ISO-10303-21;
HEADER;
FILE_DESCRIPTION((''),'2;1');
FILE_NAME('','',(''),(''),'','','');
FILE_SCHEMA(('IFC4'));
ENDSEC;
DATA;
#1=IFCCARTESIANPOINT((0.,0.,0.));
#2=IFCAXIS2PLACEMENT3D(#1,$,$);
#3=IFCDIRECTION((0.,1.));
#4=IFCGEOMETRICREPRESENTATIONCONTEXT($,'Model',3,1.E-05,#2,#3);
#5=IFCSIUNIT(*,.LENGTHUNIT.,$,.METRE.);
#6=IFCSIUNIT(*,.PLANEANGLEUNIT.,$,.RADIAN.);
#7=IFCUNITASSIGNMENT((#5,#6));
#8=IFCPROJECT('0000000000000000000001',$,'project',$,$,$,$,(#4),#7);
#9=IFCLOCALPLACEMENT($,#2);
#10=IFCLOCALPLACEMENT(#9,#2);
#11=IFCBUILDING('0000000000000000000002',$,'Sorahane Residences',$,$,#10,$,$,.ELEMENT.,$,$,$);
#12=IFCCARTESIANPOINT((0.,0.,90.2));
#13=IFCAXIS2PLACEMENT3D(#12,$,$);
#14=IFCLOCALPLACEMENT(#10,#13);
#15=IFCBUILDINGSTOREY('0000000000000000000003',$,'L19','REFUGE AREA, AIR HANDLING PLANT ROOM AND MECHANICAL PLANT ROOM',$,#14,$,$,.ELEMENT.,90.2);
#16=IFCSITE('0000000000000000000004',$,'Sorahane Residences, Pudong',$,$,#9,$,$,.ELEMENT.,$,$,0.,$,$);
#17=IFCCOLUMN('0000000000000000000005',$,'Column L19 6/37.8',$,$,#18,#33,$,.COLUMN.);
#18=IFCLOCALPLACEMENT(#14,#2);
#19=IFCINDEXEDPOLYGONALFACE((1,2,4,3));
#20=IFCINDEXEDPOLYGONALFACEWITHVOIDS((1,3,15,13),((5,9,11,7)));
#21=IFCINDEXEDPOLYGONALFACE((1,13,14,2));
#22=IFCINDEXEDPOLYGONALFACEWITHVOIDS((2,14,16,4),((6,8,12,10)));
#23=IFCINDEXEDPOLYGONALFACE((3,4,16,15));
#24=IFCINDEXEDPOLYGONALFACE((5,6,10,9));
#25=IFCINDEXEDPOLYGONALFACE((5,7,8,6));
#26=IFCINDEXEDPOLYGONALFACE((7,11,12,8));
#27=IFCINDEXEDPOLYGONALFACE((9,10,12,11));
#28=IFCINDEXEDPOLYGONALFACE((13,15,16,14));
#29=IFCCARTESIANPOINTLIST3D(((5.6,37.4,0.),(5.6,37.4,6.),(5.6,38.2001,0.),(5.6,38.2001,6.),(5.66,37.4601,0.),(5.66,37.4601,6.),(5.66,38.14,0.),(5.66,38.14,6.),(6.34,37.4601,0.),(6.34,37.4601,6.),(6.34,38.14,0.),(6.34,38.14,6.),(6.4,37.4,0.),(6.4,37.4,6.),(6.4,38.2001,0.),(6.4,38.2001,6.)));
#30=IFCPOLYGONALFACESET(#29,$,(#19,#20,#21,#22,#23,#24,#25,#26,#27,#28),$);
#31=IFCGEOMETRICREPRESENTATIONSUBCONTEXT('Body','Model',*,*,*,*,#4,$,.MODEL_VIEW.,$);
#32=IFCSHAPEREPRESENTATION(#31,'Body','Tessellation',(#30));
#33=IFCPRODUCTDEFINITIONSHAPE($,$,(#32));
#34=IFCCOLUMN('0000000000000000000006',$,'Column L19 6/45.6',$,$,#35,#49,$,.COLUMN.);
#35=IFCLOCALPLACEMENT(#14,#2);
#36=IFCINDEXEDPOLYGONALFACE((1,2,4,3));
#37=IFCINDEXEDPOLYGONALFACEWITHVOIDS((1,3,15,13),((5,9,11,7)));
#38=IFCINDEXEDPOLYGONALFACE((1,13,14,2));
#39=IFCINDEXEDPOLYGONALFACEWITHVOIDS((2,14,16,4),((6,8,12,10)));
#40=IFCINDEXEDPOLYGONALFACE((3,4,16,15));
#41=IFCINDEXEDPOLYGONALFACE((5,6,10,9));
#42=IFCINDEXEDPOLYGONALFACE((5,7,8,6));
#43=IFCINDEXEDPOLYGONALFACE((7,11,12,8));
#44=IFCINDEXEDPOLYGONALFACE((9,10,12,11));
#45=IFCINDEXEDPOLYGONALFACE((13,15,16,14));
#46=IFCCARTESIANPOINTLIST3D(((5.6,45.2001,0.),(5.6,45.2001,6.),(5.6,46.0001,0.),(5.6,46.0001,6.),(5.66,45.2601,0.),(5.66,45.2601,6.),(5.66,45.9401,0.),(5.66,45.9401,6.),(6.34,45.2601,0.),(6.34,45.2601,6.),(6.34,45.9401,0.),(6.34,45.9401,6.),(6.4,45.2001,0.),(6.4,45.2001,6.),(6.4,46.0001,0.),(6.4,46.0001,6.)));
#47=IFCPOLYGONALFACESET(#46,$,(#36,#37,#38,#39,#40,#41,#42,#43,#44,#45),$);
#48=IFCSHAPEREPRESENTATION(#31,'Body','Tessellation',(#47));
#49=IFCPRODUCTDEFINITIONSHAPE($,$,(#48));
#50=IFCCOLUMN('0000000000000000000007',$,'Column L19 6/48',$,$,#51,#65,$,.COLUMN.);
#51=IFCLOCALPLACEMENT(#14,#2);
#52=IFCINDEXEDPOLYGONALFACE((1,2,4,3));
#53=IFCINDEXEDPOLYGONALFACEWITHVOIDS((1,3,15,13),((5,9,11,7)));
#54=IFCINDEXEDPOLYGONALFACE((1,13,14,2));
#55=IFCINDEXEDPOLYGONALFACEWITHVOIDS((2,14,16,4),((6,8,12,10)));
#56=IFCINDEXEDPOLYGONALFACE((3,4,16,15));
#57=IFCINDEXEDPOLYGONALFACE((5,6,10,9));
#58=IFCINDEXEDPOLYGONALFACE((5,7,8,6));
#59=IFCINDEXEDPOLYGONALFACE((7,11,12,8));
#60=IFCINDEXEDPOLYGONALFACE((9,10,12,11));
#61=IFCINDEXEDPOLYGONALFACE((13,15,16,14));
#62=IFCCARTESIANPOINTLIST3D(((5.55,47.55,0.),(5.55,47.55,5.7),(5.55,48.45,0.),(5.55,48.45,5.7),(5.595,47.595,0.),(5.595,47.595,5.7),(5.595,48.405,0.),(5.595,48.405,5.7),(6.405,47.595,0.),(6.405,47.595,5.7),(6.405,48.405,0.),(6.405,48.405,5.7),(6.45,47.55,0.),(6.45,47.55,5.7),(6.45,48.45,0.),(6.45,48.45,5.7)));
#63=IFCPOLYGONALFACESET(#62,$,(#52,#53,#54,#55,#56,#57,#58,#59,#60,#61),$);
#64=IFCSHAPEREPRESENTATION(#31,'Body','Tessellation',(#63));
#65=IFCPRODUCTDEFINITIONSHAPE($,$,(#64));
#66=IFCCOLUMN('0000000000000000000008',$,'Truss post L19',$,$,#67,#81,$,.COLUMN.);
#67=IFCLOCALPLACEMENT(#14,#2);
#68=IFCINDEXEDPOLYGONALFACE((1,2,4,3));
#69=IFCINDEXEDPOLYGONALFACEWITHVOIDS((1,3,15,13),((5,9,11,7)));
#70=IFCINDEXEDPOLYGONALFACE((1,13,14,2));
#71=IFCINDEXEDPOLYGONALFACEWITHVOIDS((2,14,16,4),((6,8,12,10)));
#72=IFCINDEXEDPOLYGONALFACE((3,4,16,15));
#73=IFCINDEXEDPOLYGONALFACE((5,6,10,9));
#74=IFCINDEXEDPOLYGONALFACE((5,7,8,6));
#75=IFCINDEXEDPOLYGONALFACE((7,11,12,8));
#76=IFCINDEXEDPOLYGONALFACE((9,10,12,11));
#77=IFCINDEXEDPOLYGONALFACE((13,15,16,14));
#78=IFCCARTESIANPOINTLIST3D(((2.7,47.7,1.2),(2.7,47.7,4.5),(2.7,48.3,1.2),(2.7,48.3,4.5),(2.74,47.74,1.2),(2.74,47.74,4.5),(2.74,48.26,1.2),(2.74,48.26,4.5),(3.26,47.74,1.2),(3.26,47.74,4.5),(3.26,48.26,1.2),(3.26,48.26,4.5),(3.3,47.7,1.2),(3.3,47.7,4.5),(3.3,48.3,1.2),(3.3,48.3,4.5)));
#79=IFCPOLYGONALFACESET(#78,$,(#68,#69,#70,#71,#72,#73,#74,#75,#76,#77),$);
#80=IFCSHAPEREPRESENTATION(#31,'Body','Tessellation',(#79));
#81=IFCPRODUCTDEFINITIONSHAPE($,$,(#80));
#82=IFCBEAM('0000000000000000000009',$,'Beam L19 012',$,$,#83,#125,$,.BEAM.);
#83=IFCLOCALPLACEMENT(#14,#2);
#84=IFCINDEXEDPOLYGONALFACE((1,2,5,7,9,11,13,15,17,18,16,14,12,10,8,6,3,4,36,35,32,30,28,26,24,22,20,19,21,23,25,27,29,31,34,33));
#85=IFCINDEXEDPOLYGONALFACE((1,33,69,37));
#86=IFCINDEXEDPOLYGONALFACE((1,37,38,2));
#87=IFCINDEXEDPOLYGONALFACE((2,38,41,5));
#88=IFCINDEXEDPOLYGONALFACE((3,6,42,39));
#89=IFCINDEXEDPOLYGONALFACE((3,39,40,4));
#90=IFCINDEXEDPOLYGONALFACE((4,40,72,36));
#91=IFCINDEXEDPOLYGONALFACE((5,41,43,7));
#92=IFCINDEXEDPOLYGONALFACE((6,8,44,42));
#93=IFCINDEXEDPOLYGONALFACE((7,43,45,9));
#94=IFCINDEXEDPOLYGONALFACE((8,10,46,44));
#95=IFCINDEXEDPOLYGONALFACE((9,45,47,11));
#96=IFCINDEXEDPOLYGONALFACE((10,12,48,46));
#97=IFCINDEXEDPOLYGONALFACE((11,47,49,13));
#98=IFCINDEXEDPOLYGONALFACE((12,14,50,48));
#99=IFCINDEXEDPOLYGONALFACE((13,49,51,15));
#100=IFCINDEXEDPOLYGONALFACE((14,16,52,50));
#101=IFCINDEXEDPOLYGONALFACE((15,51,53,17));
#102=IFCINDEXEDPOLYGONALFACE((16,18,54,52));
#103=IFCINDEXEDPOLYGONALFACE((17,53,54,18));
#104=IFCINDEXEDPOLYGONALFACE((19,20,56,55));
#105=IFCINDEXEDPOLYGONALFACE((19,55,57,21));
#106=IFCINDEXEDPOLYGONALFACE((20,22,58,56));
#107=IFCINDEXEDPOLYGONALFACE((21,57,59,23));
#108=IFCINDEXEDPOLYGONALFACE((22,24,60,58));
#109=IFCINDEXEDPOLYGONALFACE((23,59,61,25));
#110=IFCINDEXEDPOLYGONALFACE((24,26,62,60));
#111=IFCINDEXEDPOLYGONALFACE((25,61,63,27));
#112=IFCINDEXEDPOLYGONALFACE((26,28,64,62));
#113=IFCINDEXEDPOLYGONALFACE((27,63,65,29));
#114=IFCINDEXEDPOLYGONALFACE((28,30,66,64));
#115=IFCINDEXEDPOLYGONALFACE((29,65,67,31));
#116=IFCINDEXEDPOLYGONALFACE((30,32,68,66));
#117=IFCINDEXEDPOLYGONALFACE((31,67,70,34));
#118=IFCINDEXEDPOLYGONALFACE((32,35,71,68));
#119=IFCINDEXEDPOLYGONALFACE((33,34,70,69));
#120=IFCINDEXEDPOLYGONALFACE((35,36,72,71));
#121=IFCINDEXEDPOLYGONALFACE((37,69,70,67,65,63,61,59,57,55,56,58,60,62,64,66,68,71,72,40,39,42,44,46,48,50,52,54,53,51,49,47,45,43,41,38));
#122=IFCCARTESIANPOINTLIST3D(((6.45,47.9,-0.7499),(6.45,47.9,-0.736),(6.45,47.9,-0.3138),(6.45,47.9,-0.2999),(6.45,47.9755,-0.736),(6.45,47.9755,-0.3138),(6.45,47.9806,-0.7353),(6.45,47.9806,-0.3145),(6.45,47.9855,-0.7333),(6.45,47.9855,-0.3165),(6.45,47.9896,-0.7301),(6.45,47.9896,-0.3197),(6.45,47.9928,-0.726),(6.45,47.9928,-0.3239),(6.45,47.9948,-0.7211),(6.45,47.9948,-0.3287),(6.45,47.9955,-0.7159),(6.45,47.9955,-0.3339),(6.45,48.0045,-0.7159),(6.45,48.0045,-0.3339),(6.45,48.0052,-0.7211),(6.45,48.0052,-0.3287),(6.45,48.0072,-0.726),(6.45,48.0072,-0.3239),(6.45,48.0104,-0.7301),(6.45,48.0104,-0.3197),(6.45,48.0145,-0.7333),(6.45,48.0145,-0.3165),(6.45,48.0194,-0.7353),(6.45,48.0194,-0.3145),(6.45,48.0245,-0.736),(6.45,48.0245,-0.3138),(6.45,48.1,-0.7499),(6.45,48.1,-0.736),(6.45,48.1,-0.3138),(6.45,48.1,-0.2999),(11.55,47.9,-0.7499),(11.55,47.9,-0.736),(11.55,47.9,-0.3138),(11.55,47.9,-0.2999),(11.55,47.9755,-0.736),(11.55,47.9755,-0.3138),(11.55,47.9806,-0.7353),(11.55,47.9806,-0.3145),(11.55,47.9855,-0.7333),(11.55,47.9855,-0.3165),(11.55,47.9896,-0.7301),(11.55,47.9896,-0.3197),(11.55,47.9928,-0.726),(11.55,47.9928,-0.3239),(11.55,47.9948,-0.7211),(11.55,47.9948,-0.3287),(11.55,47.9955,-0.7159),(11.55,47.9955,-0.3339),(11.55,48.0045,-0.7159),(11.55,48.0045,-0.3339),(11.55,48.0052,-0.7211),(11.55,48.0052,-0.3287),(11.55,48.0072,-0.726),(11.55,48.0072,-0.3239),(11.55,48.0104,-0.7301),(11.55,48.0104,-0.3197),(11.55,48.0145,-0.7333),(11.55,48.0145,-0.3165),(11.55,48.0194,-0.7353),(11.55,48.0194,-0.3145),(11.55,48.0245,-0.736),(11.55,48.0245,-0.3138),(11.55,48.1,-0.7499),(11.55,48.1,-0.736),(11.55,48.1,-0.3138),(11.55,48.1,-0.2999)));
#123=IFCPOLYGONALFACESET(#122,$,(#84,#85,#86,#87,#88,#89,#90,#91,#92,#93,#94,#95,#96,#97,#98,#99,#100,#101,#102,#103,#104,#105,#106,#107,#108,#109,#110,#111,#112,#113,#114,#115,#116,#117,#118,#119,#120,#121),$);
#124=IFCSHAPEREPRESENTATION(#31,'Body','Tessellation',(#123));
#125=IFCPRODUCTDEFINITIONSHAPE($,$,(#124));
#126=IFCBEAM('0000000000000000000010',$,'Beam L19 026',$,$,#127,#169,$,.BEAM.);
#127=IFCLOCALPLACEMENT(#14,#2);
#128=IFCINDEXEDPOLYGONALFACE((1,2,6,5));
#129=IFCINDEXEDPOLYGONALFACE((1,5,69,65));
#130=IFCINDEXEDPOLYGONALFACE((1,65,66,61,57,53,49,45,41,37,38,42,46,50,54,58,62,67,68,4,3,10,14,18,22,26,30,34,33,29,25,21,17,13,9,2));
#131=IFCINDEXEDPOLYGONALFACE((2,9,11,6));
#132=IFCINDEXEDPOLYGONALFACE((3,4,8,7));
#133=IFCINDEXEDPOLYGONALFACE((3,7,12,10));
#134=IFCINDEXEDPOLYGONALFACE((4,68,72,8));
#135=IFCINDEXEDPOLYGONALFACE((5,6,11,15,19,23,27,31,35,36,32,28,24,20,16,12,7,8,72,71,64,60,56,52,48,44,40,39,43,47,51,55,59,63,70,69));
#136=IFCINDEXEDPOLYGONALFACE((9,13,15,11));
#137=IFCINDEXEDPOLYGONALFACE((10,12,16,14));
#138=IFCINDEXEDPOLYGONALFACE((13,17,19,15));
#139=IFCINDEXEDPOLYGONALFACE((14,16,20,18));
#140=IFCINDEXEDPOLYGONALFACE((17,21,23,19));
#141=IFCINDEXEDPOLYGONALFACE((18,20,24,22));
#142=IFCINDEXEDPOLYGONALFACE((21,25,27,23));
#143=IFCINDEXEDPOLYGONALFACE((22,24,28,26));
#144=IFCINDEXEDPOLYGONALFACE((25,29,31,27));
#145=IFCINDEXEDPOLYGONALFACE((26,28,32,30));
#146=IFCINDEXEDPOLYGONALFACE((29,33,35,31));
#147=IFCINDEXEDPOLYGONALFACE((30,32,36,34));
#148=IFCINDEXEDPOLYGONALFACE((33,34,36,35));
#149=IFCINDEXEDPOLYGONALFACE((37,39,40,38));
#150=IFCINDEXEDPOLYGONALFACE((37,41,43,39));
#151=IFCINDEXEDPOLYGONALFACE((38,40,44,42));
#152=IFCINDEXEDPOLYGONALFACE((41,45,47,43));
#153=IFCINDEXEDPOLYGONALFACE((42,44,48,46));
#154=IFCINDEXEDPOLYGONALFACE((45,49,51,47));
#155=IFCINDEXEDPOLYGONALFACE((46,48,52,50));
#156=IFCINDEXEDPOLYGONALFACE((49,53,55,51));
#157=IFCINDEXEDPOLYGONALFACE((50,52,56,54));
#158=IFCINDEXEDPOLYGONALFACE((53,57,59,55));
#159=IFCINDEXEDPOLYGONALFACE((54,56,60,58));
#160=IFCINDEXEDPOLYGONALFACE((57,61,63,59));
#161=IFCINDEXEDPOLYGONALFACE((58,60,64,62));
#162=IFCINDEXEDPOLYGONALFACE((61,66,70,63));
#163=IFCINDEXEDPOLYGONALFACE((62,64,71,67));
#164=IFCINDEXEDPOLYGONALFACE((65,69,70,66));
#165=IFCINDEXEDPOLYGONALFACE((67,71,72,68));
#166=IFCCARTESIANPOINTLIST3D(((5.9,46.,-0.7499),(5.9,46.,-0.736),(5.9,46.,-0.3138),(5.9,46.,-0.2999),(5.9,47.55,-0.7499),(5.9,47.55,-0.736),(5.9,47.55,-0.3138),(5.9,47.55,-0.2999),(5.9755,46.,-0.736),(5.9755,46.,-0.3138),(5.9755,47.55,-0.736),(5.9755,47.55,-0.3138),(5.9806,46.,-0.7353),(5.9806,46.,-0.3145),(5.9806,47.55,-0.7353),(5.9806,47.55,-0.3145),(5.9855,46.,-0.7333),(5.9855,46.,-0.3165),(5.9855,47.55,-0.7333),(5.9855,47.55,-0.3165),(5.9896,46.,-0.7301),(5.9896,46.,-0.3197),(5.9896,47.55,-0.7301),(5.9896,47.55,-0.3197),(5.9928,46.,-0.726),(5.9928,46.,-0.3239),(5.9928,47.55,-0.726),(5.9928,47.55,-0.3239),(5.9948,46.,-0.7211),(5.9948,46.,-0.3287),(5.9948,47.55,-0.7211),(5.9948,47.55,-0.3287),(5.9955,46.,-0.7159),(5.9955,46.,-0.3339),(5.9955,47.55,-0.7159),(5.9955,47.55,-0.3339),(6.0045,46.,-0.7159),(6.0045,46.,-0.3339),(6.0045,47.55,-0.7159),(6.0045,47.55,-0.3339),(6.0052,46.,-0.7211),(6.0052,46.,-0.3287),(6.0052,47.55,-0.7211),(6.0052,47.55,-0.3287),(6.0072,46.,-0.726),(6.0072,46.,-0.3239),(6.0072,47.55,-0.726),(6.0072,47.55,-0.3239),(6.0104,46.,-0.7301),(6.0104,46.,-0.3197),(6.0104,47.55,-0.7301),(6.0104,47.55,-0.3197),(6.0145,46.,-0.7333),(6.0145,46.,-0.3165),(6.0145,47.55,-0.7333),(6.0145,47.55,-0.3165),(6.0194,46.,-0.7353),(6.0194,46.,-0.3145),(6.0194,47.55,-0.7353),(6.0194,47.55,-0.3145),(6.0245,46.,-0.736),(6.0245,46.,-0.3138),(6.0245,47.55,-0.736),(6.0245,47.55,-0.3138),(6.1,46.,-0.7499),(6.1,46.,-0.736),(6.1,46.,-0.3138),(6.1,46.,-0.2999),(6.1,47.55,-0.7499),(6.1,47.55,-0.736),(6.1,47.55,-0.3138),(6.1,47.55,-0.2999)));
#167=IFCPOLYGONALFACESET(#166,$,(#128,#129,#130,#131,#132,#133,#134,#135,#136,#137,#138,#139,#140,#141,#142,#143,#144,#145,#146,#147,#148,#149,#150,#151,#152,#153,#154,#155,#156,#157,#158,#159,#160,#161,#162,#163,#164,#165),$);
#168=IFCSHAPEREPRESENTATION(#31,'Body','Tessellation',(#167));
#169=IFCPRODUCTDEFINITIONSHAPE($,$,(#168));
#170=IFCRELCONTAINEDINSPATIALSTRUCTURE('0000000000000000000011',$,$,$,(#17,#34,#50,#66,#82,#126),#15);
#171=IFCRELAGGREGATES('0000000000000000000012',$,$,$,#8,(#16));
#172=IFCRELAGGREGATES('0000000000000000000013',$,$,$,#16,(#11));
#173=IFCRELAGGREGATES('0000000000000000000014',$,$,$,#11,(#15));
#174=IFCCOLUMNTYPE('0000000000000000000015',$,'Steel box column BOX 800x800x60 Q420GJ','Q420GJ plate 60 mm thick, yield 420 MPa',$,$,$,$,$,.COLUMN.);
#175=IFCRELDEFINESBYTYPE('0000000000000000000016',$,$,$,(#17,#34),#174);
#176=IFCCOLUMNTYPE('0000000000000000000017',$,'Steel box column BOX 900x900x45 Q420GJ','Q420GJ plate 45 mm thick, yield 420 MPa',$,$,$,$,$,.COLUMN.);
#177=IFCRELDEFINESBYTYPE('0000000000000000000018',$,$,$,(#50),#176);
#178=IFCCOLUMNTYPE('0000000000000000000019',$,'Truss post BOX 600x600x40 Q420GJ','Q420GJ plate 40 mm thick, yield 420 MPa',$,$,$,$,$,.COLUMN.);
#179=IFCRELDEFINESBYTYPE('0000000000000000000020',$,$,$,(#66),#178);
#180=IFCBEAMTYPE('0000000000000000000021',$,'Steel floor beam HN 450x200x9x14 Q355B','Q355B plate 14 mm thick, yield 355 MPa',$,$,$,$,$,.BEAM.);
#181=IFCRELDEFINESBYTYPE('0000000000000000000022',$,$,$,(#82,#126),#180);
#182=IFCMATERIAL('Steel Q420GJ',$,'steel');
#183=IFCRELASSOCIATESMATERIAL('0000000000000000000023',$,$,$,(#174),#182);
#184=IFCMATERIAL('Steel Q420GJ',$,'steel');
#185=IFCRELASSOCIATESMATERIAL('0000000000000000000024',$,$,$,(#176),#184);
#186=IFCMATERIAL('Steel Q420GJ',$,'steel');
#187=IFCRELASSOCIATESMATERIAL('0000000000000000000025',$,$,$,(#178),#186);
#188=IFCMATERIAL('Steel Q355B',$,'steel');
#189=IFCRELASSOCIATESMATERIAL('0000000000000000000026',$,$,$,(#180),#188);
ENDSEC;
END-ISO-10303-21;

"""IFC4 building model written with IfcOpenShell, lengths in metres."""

from ifc_helpers import new_model, si_unit, direction, frame, origin, origin_2d, place, context, subcontext, project, spatial, hollow_rectangle, i_section, extrude, material, material_profile, profile_set, type_object, element, save


model = new_model("IFC4")

# Units and contexts
model_context = context("Model", 3, precision=1e-05, world=origin(), true_north=direction((0.0, 1.0)))
body_context = subcontext(model_context, "Body", "Model", "MODEL_VIEW")
ifc_project = project(units=[si_unit("LENGTHUNIT", "METRE"), si_unit("PLANEANGLEUNIT", "RADIAN")], contexts=[model_context])

# Site, building, storey
site_placement = place(None, origin())
site = spatial("IfcSite", under=ifc_project, at=site_placement, Name="Sorahane Residences, Pudong", CompositionType="ELEMENT", RefElevation=0.0)
building_placement = place(site_placement, origin())
building = spatial("IfcBuilding", under=site, at=building_placement, Name="Sorahane Residences", CompositionType="ELEMENT")
storey_placement = place(building_placement, frame((0.0, 0.0, 90.2)))
storey = spatial("IfcBuildingStorey", under=building, at=storey_placement, Name="L19", Description="REFUGE AREA, AIR HANDLING PLANT ROOM AND MECHANICAL PLANT ROOM", CompositionType="ELEMENT", Elevation=90.2)

# Columns
ifc_material_1 = material(Name="Steel Q420GJ", Category="steel")
ifc_material_profile_1 = material_profile(ifc_material_1, hollow_rectangle(XDim=0.8, YDim=0.8, WallThickness=0.0601, at=origin_2d()), Name="BOX 800x800x60")
ifc_profile_set_1 = profile_set([ifc_material_profile_1], Name="Steel Q420GJ")
column_type_1 = type_object("IfcColumnType", Name="Steel box column BOX 800x800x60 Q420GJ", Description="Q420GJ plate 60 mm thick, yield 420 MPa", PredefinedType="COLUMN", material=ifc_profile_set_1)
for number, where, z_axis, x_axis, name in (
    (1, (6.0, 37.8, 0.0), (0.0, 0.0, 1.0), (1.0, 0.0, 0.0), "Column L19 6/37.8"),
    (2, (6.0, 45.6001, 0.0), (0.0, 0.0, 1.0), (1.0, 0.0, 0.0), "Column L19 6/45.6"),
):
    element("IfcColumn", number, at=place(storey_placement, frame(where, z_axis=z_axis, x_axis=x_axis)), inside=storey, type_object=column_type_1, Name=name, PredefinedType="COLUMN", context=body_context, shape_type="SweptSolid", body=[
        extrude(hollow_rectangle(XDim=0.8, YDim=0.8, WallThickness=0.0601, at=origin_2d()), origin(), (0.0, 0.0, 1.0), 6.0),
    ])
ifc_material_2 = material(Name="Steel Q420GJ", Category="steel")
ifc_material_profile_2 = material_profile(ifc_material_2, hollow_rectangle(XDim=0.8999, YDim=0.8999, WallThickness=0.0449, at=origin_2d()), Name="BOX 900x900x45")
ifc_profile_set_2 = profile_set([ifc_material_profile_2], Name="Steel Q420GJ")
column_type_2 = type_object("IfcColumnType", Name="Steel box column BOX 900x900x45 Q420GJ", Description="Q420GJ plate 45 mm thick, yield 420 MPa", PredefinedType="COLUMN", material=ifc_profile_set_2)
column_1_placement = place(storey_placement, frame((6.0, 48.0, 0.0), z_axis=(0.0, 0.0, 1.0), x_axis=(1.0, 0.0, 0.0)))
element("IfcColumn", 3, at=column_1_placement, inside=storey, type_object=column_type_2, Name="Column L19 6/48", PredefinedType="COLUMN", context=body_context, shape_type="SweptSolid", body=[
    extrude(hollow_rectangle(XDim=0.8999, YDim=0.8999, WallThickness=0.0449, at=origin_2d()), origin(), (0.0, 0.0, 1.0), 5.7),
])
ifc_material_3 = material(Name="Steel Q420GJ", Category="steel")
ifc_material_profile_3 = material_profile(ifc_material_3, hollow_rectangle(XDim=0.6001, YDim=0.6001, WallThickness=0.04, at=origin_2d()), Name="BOX 600x600x40")
ifc_profile_set_3 = profile_set([ifc_material_profile_3], Name="Steel Q420GJ")
column_type_3 = type_object("IfcColumnType", Name="Truss post BOX 600x600x40 Q420GJ", Description="Q420GJ plate 40 mm thick, yield 420 MPa", PredefinedType="COLUMN", material=ifc_profile_set_3)
column_2_placement = place(storey_placement, frame((3.0, 48.0, 1.2), z_axis=(0.0, 0.0, 1.0), x_axis=(1.0, 0.0, 0.0)))
element("IfcColumn", 4, at=column_2_placement, inside=storey, type_object=column_type_3, Name="Truss post L19", PredefinedType="COLUMN", context=body_context, shape_type="SweptSolid", body=[
    extrude(hollow_rectangle(XDim=0.6001, YDim=0.6001, WallThickness=0.04, at=origin_2d()), origin(), (0.0, 0.0, 1.0), 3.3),
])

# Beams
ifc_material_4 = material(Name="Steel Q355B", Category="steel")
ifc_material_profile_4 = material_profile(ifc_material_4, i_section(OverallWidth=0.2, OverallDepth=0.45, WebThickness=0.009, FlangeThickness=0.0139, FilletRadius=0.02, at=origin_2d()), Name="HN 450x200x9x14")
ifc_profile_set_4 = profile_set([ifc_material_profile_4], Name="Steel Q355B")
beam_type_1 = type_object("IfcBeamType", Name="Steel floor beam HN 450x200x9x14 Q355B", Description="Q355B plate 14 mm thick, yield 355 MPa", PredefinedType="BEAM", material=ifc_profile_set_4)
beam_1_placement = place(storey_placement, frame((6.45, 48.0, -0.5249), z_axis=(1.0, 0.0, 0.0), x_axis=(0.0, 1.0, 0.0)))
element("IfcBeam", 5, at=beam_1_placement, inside=storey, type_object=beam_type_1, Name="Beam L19 012", PredefinedType="BEAM", context=body_context, shape_type="SweptSolid", body=[
    extrude(i_section(OverallWidth=0.2, OverallDepth=0.45, WebThickness=0.009, FlangeThickness=0.0139, FilletRadius=0.02, at=origin_2d()), origin(), (0.0, 0.0, 1.0), 5.1001),
])
beam_2_placement = place(storey_placement, frame((6.0, 46.0, -0.5249), z_axis=(0.0, 1.0, 0.0), x_axis=(-1.0, 0.0, 0.0)))
element("IfcBeam", 6, at=beam_2_placement, inside=storey, type_object=beam_type_1, Name="Beam L19 026", PredefinedType="BEAM", context=body_context, shape_type="SweptSolid", body=[
    extrude(i_section(OverallWidth=0.2, OverallDepth=0.45, WebThickness=0.009, FlangeThickness=0.0139, FilletRadius=0.02, at=origin_2d()), origin(), (0.0, 0.0, 1.0), 1.55),
])

save(model, "model.ifc")
